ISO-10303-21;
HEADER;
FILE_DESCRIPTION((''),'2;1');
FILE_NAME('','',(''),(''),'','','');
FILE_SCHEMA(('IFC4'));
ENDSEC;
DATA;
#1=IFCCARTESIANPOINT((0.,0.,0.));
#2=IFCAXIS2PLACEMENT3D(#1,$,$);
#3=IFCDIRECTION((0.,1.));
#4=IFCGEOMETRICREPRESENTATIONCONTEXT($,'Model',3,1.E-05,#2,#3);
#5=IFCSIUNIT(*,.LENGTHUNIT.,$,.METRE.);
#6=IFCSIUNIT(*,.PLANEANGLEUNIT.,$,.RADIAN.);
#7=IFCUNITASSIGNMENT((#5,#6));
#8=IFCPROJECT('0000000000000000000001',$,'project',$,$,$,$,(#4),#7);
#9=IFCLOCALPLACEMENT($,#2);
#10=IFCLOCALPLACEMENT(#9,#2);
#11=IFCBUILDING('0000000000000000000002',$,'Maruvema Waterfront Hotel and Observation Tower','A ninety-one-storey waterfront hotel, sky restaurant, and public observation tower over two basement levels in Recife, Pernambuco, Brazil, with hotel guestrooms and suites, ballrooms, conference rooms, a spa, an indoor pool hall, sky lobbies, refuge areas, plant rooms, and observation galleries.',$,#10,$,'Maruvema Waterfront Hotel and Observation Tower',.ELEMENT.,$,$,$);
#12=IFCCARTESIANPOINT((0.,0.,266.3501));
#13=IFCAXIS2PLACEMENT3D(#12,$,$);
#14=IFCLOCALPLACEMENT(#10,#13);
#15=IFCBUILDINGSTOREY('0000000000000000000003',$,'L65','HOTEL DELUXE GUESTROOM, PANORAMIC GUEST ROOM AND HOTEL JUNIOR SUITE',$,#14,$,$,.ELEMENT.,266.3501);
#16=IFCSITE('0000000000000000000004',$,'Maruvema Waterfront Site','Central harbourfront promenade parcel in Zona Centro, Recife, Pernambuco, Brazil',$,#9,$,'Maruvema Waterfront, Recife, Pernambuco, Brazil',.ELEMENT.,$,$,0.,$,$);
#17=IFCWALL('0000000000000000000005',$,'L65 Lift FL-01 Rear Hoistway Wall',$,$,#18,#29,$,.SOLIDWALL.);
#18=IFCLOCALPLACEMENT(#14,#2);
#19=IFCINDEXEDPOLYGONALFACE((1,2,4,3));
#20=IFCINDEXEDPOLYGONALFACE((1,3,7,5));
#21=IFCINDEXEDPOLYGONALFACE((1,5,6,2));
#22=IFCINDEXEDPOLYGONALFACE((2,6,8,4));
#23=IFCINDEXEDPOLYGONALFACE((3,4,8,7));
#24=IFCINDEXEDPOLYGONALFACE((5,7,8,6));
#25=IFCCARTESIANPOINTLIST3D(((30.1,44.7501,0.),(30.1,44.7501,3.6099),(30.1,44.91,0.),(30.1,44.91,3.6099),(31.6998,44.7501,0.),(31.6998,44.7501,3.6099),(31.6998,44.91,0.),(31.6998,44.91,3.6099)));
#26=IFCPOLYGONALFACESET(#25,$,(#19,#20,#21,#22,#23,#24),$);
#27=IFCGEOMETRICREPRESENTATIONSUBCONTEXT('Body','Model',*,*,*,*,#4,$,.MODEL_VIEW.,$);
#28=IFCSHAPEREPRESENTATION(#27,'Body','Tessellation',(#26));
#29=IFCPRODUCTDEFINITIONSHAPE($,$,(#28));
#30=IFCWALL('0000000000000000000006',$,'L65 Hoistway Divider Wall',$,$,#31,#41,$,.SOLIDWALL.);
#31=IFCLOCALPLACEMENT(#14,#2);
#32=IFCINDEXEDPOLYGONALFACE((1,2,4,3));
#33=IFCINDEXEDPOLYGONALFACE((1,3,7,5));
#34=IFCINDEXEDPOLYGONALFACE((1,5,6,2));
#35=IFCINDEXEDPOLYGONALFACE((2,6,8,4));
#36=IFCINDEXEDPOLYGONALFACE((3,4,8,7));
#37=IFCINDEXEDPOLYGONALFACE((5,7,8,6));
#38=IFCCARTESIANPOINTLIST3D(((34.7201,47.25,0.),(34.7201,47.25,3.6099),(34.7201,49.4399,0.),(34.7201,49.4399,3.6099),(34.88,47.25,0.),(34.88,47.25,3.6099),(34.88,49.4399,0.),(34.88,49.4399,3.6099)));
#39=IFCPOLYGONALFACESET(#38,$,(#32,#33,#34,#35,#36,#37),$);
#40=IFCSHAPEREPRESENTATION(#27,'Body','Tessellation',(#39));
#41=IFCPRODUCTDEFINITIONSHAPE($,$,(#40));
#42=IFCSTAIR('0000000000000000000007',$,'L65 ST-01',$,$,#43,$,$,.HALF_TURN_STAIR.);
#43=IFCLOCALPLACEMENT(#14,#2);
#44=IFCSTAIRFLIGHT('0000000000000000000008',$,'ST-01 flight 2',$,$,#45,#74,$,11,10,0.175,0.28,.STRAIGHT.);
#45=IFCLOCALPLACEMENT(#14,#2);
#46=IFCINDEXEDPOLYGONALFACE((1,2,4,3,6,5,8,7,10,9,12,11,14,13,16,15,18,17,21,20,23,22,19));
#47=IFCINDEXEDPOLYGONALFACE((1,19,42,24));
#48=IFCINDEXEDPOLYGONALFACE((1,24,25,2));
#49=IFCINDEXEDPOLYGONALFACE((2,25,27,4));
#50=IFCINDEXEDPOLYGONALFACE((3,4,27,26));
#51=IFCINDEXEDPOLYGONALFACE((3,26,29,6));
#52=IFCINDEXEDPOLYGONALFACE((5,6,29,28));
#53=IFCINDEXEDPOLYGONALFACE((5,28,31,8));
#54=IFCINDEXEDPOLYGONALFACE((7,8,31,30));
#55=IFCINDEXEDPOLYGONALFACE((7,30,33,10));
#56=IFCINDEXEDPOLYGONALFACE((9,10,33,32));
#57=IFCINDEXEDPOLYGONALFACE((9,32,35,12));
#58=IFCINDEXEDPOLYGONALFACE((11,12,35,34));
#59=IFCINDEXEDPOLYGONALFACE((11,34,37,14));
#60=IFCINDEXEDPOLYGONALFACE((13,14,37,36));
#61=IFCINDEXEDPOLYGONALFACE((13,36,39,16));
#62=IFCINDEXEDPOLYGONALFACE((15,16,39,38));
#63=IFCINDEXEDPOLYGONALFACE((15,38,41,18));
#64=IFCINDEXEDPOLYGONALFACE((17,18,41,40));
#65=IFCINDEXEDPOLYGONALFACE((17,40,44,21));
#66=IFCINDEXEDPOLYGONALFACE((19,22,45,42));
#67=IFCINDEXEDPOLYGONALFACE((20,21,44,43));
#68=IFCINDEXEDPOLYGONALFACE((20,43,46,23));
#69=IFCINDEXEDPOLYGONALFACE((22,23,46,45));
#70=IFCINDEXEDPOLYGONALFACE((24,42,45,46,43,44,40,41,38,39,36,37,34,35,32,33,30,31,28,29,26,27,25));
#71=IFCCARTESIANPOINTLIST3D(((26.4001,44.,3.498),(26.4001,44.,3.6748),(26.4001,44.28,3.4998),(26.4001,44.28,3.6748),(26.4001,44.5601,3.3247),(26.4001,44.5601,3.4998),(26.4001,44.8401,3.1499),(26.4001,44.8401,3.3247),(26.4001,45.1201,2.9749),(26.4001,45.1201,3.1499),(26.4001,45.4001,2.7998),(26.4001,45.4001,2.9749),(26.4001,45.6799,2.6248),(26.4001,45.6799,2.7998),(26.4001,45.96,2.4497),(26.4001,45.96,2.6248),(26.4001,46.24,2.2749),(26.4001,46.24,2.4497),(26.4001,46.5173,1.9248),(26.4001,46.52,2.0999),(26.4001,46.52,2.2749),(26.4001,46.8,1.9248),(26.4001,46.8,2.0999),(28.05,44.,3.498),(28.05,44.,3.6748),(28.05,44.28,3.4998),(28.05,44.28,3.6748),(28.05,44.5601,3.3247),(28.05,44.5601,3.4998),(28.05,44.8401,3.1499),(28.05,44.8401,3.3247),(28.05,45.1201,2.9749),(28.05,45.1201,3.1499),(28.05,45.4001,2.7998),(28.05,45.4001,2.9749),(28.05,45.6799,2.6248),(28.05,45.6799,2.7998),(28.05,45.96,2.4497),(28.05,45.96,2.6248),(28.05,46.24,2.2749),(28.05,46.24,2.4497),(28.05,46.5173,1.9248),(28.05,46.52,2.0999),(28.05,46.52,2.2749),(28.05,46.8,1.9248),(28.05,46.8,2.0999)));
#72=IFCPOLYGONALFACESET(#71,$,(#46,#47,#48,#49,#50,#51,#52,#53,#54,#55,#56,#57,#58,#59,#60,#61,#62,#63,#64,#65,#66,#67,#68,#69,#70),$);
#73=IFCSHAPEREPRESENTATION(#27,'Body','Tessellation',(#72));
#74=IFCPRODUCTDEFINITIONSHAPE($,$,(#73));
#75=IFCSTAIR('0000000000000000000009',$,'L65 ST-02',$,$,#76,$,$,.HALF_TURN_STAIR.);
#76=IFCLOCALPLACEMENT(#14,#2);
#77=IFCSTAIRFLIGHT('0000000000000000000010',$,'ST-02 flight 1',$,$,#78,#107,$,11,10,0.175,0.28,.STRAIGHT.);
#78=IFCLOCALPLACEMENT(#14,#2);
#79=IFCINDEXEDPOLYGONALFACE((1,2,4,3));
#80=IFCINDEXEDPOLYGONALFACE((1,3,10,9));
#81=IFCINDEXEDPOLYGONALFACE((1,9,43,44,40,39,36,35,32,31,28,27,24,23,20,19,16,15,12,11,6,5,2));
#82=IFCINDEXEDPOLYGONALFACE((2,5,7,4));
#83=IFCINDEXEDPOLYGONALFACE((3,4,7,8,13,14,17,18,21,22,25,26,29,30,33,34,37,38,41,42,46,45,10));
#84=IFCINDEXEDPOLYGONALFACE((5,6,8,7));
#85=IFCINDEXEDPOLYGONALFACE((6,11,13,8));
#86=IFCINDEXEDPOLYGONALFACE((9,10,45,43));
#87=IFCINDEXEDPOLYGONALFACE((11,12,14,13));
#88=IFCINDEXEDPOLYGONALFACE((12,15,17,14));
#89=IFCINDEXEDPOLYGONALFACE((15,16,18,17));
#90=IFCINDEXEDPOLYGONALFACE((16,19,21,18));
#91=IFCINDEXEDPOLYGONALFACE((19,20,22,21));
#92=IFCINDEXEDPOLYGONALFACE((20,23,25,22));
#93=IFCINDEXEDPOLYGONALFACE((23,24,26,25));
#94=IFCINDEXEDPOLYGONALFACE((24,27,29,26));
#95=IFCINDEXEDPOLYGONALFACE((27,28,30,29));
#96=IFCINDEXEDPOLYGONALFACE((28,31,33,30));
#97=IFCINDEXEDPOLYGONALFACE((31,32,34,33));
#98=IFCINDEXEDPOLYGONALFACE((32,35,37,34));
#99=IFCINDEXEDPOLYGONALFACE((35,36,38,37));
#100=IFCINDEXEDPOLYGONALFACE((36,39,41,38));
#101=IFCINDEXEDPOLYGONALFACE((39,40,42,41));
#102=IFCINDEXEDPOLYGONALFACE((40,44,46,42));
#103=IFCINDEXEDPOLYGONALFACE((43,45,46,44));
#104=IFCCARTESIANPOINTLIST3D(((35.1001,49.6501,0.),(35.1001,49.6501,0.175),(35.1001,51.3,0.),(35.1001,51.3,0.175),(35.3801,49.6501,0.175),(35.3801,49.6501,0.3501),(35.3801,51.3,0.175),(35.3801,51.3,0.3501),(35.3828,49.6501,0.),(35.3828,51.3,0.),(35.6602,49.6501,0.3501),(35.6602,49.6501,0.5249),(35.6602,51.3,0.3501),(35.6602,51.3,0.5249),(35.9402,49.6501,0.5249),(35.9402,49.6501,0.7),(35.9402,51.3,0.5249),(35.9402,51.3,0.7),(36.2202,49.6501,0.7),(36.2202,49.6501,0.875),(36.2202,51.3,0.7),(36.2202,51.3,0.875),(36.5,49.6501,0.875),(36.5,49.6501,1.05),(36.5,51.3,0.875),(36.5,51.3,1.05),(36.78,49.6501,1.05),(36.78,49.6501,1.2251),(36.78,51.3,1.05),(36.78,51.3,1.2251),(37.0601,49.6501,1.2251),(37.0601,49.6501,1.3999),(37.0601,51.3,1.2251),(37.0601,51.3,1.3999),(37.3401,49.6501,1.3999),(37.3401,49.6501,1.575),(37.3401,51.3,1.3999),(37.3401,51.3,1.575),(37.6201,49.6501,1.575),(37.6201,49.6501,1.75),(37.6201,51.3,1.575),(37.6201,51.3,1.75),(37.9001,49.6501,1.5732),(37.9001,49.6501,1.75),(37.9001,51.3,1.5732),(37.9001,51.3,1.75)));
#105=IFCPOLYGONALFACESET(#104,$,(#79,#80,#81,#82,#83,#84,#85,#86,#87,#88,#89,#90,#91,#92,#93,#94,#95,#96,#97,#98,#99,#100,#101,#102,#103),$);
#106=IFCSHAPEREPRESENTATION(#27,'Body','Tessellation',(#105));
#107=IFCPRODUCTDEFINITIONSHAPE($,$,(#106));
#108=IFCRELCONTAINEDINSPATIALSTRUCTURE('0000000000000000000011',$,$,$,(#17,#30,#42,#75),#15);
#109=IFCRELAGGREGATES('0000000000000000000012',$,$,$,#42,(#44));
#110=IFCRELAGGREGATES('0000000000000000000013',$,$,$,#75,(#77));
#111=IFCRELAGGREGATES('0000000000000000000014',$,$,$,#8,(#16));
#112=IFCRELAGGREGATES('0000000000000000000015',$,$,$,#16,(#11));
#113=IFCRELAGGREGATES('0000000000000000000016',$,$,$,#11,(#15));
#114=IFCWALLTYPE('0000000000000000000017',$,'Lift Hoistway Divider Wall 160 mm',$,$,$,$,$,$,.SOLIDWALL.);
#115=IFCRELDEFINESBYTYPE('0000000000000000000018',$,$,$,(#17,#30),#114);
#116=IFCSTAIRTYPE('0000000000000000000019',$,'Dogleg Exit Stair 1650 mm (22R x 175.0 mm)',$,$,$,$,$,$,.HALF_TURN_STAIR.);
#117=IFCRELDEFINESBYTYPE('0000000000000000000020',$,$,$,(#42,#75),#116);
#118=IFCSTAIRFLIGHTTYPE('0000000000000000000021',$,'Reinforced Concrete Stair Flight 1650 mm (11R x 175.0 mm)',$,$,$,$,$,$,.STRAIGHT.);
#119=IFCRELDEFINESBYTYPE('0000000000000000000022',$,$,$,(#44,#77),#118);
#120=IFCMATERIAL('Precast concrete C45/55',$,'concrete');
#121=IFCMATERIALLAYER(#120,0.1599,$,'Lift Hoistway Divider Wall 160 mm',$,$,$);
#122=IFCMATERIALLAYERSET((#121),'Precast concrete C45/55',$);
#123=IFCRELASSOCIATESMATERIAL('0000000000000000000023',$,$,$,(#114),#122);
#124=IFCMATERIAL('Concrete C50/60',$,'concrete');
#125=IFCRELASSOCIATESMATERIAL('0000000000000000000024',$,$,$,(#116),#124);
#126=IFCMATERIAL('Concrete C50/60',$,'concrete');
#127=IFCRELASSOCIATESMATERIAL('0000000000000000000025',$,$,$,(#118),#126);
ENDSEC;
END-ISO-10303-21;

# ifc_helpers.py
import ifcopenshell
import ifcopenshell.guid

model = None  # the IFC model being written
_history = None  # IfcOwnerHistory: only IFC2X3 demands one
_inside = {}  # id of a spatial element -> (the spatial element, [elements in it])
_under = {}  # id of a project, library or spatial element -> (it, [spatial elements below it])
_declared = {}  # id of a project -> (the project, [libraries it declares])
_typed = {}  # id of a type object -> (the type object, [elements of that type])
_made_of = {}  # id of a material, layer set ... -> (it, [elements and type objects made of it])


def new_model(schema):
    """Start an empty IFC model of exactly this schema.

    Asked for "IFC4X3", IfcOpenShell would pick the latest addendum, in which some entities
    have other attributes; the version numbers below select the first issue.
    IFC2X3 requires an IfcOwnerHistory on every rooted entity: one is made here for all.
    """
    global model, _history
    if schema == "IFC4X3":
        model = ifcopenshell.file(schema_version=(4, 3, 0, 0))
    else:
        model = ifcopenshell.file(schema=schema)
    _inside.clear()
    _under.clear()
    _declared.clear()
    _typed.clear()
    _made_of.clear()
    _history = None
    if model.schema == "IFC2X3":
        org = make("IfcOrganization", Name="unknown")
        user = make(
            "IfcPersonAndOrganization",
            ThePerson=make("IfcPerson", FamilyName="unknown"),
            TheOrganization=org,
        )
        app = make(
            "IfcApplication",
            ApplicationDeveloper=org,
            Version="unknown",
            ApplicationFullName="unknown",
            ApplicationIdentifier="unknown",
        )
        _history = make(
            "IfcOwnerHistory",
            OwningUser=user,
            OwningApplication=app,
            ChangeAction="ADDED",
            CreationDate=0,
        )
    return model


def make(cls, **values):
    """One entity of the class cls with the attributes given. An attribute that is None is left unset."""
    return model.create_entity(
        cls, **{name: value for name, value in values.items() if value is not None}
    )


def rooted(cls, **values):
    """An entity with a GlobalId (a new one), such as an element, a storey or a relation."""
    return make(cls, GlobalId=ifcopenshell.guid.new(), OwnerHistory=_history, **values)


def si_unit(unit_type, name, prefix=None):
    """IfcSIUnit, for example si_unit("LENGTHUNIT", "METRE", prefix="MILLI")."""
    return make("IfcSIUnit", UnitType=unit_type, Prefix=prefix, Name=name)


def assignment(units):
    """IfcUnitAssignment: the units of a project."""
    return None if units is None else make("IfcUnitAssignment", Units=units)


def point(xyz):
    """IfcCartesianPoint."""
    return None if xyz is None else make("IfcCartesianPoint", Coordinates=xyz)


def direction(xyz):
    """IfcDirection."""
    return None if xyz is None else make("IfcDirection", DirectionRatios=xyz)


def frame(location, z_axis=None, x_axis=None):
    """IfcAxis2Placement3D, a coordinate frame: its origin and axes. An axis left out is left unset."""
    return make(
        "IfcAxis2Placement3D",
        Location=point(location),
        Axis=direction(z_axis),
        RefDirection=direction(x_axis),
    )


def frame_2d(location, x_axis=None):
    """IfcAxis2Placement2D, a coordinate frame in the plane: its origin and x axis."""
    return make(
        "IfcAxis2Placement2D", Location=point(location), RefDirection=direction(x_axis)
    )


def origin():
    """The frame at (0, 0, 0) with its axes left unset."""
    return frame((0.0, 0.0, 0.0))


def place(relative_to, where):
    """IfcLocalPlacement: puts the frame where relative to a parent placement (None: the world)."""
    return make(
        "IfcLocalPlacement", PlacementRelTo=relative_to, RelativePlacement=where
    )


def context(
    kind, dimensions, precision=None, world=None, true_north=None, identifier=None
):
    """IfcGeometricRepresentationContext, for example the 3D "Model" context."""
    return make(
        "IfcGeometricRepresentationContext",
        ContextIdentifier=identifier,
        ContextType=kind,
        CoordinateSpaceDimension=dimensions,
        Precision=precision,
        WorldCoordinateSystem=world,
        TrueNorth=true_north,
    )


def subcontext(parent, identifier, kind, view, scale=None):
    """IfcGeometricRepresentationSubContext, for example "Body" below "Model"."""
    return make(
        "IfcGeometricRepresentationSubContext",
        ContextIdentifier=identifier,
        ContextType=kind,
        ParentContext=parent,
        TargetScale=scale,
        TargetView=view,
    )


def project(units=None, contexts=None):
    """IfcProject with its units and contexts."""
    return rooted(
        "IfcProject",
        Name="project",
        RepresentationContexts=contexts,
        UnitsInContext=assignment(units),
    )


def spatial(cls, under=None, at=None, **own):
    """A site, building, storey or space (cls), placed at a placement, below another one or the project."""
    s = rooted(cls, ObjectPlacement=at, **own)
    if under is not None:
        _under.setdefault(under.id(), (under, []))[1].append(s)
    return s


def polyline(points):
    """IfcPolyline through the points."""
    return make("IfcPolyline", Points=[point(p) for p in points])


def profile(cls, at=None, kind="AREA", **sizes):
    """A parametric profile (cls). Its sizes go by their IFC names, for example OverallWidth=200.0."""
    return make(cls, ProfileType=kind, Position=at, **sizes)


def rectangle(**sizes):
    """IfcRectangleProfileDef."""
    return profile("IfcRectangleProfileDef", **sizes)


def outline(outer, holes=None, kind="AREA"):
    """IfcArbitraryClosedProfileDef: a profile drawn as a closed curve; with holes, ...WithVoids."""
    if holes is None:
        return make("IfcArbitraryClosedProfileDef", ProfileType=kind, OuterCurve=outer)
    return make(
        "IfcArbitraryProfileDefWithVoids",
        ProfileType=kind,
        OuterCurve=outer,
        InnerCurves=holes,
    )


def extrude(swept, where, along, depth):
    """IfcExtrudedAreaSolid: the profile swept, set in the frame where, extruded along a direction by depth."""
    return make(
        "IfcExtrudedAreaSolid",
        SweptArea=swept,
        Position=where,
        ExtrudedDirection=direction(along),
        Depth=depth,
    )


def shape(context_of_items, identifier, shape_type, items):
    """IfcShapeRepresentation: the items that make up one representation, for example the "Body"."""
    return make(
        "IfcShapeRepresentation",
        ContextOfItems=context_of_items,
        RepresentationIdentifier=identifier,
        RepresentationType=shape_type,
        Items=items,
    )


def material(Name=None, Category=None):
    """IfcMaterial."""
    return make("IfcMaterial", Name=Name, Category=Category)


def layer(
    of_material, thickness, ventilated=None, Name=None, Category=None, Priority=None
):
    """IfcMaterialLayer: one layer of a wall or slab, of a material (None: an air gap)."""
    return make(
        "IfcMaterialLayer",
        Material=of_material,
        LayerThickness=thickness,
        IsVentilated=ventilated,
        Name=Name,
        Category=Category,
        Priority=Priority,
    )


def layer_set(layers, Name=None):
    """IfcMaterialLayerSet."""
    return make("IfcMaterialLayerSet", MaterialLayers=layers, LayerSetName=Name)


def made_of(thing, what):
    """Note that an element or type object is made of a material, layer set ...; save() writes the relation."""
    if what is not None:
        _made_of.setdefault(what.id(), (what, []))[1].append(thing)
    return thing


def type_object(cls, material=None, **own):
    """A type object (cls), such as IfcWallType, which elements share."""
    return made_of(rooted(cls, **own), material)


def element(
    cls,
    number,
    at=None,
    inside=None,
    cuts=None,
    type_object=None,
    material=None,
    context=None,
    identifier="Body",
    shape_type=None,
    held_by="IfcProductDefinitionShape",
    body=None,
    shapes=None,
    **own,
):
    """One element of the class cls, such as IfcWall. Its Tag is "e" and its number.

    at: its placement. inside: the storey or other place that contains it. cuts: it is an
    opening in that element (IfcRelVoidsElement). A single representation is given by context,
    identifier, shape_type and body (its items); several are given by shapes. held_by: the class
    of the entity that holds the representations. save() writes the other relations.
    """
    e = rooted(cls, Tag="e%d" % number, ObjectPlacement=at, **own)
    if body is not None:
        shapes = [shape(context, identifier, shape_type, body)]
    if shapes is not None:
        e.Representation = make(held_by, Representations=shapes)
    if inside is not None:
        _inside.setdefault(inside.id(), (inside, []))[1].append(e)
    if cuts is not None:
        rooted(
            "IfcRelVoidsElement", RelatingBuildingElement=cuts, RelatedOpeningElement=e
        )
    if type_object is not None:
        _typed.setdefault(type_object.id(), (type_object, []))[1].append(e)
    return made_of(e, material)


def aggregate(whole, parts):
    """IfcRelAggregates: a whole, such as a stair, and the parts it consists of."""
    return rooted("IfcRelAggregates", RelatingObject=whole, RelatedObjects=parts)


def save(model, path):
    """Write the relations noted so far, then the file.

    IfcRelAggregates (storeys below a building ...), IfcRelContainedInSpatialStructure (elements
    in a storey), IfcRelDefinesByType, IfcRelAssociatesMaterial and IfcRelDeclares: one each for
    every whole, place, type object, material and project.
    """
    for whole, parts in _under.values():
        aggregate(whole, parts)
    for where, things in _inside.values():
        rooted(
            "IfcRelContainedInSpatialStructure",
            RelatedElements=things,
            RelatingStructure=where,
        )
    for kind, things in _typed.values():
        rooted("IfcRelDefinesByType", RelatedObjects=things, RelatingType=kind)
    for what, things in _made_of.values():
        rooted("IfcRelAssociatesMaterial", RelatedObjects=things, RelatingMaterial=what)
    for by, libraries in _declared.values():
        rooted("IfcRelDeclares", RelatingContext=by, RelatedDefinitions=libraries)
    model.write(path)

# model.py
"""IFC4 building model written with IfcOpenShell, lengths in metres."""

from ifc_helpers import new_model, si_unit, direction, frame, frame_2d, origin, place, context, subcontext, project, spatial, polyline, rectangle, outline, extrude, material, layer, layer_set, type_object, element, aggregate, save


model = new_model("IFC4")

# Units and contexts
model_context = context("Model", 3, precision=1e-05, world=origin(), true_north=direction((0.0, 1.0)))
body_context = subcontext(model_context, "Body", "Model", "MODEL_VIEW")
ifc_project = project(units=[si_unit("LENGTHUNIT", "METRE"), si_unit("PLANEANGLEUNIT", "RADIAN")], contexts=[model_context])

# Site, building, storey
site_placement = place(None, origin())
site = spatial("IfcSite", under=ifc_project, at=site_placement, Name="Maruvema Waterfront Site", Description="Central harbourfront promenade parcel in Zona Centro, Recife, Pernambuco, Brazil", LongName="Maruvema Waterfront, Recife, Pernambuco, Brazil", CompositionType="ELEMENT", RefElevation=0.0)
building_placement = place(site_placement, origin())
building = spatial("IfcBuilding", under=site, at=building_placement, Name="Maruvema Waterfront Hotel and Observation Tower", Description="A ninety-one-storey waterfront hotel, sky restaurant, and public observation tower over two basement levels in Recife, Pernambuco, Brazil, with hotel guestrooms and suites, ballrooms, conference rooms, a spa, an indoor pool hall, sky lobbies, refuge areas, plant rooms, and observation galleries.", LongName="Maruvema Waterfront Hotel and Observation Tower", CompositionType="ELEMENT")
storey_placement = place(building_placement, frame((0.0, 0.0, 266.3501)))
storey = spatial("IfcBuildingStorey", under=building, at=storey_placement, Name="L65", Description="HOTEL DELUXE GUESTROOM, PANORAMIC GUEST ROOM AND HOTEL JUNIOR SUITE", CompositionType="ELEMENT", Elevation=266.3501)

# Walls
ifc_material_1 = material(Name="Precast concrete C45/55", Category="concrete")
ifc_layer_1 = layer(ifc_material_1, 0.1599, Name="Lift Hoistway Divider Wall 160 mm")
ifc_layer_set_1 = layer_set([ifc_layer_1], Name="Precast concrete C45/55")
wall_type_1 = type_object("IfcWallType", Name="Lift Hoistway Divider Wall 160 mm", PredefinedType="SOLIDWALL", material=ifc_layer_set_1)
wall_1_placement = place(storey_placement, frame((30.1001, 44.8301, 0.0), z_axis=(0.0, 0.0, 1.0), x_axis=(1.0, 0.0, 0.0)))
element("IfcWall", 1, at=wall_1_placement, inside=storey, type_object=wall_type_1, Name="L65 Lift FL-01 Rear Hoistway Wall", PredefinedType="SOLIDWALL", context=body_context, shape_type="SweptSolid", body=[
    extrude(rectangle(XDim=1.5999, YDim=0.1599, at=frame_2d((0.7998, 0.0))), origin(), (0.0, 0.0, 1.0), 3.6099),
])
wall_2_placement = place(storey_placement, frame((34.8, 47.25, 0.0), z_axis=(0.0, 0.0, 1.0), x_axis=(0.0, 1.0, 0.0)))
element("IfcWall", 2, at=wall_2_placement, inside=storey, type_object=wall_type_1, Name="L65 Hoistway Divider Wall", PredefinedType="SOLIDWALL", context=body_context, shape_type="SweptSolid", body=[
    extrude(rectangle(XDim=2.1899, YDim=0.1599, at=frame_2d((1.095, 0.0))), origin(), (0.0, 0.0, 1.0), 3.6099),
])

# Stairs, stair flights
ifc_material_2 = material(Name="Concrete C50/60", Category="concrete")
stair_type = type_object("IfcStairType", Name="Dogleg Exit Stair 1650 mm (22R x 175.0 mm)", PredefinedType="HALF_TURN_STAIR", material=ifc_material_2)
stair_1_placement = place(storey_placement, origin())
stair_1 = element("IfcStair", 3, at=stair_1_placement, inside=storey, type_object=stair_type, Name="L65 ST-01", PredefinedType="HALF_TURN_STAIR")
ifc_material_3 = material(Name="Concrete C50/60", Category="concrete")
stair_flight_type = type_object("IfcStairFlightType", Name="Reinforced Concrete Stair Flight 1650 mm (11R x 175.0 mm)", PredefinedType="STRAIGHT", material=ifc_material_3)
stair_flight_1_placement = place(storey_placement, frame((27.2251, 46.8, 1.9248), z_axis=(0.0, 0.0, 1.0), x_axis=(0.0, -1.0, 0.0)))
stair_flight_1 = element("IfcStairFlight", 4, at=stair_flight_1_placement, type_object=stair_flight_type, Name="ST-01 flight 2", NumberOfRisers=11, NumberOfTreads=10, PredefinedType="STRAIGHT", RiserHeight=0.175, TreadLength=0.28, context=body_context, shape_type="SweptSolid", body=[
    extrude(outline(polyline([(0.0, 0.0), (0.0, 0.175), (0.28, 0.175), (0.28, 0.3501), (0.5601, 0.3501), (0.5601, 0.5249), (0.8401, 0.5249), (0.8401, 0.7), (1.1201, 0.7), (1.1201, 0.875), (1.3999, 0.875), (1.3999, 1.05), (1.6799, 1.05), (1.6799, 1.2251), (1.96, 1.2251), (1.96, 1.3999), (2.24, 1.3999), (2.24, 1.575), (2.52, 1.575), (2.52, 1.75), (2.8, 1.75), (2.8, 1.925), (2.8, 1.5732), (0.2827, 0.0), (0.0, 0.0)])), frame((0.0, 0.825, 0.0), z_axis=(0.0, -1.0, 0.0), x_axis=(1.0, 0.0, 0.0)), (0.0, 0.0, 1.0), 1.6499),
])
aggregate(stair_1, [stair_flight_1])
stair_2_placement = place(storey_placement, origin())
stair_2 = element("IfcStair", 5, at=stair_2_placement, inside=storey, type_object=stair_type, Name="L65 ST-02", PredefinedType="HALF_TURN_STAIR")
stair_flight_2_placement = place(storey_placement, frame((35.1001, 50.4751, 0.0), z_axis=(0.0, 0.0, 1.0), x_axis=(1.0, 0.0, 0.0)))
stair_flight_2 = element("IfcStairFlight", 6, at=stair_flight_2_placement, type_object=stair_flight_type, Name="ST-02 flight 1", NumberOfRisers=11, NumberOfTreads=10, PredefinedType="STRAIGHT", RiserHeight=0.175, TreadLength=0.28, context=body_context, shape_type="SweptSolid", body=[
    extrude(outline(polyline([(0.0, 0.0), (0.0, 0.175), (0.28, 0.175), (0.28, 0.3501), (0.5601, 0.3501), (0.5601, 0.5249), (0.8401, 0.5249), (0.8401, 0.7), (1.1201, 0.7), (1.1201, 0.875), (1.3999, 0.875), (1.3999, 1.05), (1.6799, 1.05), (1.6799, 1.2251), (1.96, 1.2251), (1.96, 1.3999), (2.24, 1.3999), (2.24, 1.575), (2.52, 1.575), (2.52, 1.75), (2.8, 1.75), (2.8, 1.925), (2.8, 1.5732), (0.2827, 0.0), (0.0, 0.0)])), frame((0.0, 0.825, 0.0), z_axis=(0.0, -1.0, 0.0), x_axis=(1.0, 0.0, 0.0)), (0.0, 0.0, 1.0), 1.6499),
])
aggregate(stair_2, [stair_flight_2])

save(model, "model.ifc")
